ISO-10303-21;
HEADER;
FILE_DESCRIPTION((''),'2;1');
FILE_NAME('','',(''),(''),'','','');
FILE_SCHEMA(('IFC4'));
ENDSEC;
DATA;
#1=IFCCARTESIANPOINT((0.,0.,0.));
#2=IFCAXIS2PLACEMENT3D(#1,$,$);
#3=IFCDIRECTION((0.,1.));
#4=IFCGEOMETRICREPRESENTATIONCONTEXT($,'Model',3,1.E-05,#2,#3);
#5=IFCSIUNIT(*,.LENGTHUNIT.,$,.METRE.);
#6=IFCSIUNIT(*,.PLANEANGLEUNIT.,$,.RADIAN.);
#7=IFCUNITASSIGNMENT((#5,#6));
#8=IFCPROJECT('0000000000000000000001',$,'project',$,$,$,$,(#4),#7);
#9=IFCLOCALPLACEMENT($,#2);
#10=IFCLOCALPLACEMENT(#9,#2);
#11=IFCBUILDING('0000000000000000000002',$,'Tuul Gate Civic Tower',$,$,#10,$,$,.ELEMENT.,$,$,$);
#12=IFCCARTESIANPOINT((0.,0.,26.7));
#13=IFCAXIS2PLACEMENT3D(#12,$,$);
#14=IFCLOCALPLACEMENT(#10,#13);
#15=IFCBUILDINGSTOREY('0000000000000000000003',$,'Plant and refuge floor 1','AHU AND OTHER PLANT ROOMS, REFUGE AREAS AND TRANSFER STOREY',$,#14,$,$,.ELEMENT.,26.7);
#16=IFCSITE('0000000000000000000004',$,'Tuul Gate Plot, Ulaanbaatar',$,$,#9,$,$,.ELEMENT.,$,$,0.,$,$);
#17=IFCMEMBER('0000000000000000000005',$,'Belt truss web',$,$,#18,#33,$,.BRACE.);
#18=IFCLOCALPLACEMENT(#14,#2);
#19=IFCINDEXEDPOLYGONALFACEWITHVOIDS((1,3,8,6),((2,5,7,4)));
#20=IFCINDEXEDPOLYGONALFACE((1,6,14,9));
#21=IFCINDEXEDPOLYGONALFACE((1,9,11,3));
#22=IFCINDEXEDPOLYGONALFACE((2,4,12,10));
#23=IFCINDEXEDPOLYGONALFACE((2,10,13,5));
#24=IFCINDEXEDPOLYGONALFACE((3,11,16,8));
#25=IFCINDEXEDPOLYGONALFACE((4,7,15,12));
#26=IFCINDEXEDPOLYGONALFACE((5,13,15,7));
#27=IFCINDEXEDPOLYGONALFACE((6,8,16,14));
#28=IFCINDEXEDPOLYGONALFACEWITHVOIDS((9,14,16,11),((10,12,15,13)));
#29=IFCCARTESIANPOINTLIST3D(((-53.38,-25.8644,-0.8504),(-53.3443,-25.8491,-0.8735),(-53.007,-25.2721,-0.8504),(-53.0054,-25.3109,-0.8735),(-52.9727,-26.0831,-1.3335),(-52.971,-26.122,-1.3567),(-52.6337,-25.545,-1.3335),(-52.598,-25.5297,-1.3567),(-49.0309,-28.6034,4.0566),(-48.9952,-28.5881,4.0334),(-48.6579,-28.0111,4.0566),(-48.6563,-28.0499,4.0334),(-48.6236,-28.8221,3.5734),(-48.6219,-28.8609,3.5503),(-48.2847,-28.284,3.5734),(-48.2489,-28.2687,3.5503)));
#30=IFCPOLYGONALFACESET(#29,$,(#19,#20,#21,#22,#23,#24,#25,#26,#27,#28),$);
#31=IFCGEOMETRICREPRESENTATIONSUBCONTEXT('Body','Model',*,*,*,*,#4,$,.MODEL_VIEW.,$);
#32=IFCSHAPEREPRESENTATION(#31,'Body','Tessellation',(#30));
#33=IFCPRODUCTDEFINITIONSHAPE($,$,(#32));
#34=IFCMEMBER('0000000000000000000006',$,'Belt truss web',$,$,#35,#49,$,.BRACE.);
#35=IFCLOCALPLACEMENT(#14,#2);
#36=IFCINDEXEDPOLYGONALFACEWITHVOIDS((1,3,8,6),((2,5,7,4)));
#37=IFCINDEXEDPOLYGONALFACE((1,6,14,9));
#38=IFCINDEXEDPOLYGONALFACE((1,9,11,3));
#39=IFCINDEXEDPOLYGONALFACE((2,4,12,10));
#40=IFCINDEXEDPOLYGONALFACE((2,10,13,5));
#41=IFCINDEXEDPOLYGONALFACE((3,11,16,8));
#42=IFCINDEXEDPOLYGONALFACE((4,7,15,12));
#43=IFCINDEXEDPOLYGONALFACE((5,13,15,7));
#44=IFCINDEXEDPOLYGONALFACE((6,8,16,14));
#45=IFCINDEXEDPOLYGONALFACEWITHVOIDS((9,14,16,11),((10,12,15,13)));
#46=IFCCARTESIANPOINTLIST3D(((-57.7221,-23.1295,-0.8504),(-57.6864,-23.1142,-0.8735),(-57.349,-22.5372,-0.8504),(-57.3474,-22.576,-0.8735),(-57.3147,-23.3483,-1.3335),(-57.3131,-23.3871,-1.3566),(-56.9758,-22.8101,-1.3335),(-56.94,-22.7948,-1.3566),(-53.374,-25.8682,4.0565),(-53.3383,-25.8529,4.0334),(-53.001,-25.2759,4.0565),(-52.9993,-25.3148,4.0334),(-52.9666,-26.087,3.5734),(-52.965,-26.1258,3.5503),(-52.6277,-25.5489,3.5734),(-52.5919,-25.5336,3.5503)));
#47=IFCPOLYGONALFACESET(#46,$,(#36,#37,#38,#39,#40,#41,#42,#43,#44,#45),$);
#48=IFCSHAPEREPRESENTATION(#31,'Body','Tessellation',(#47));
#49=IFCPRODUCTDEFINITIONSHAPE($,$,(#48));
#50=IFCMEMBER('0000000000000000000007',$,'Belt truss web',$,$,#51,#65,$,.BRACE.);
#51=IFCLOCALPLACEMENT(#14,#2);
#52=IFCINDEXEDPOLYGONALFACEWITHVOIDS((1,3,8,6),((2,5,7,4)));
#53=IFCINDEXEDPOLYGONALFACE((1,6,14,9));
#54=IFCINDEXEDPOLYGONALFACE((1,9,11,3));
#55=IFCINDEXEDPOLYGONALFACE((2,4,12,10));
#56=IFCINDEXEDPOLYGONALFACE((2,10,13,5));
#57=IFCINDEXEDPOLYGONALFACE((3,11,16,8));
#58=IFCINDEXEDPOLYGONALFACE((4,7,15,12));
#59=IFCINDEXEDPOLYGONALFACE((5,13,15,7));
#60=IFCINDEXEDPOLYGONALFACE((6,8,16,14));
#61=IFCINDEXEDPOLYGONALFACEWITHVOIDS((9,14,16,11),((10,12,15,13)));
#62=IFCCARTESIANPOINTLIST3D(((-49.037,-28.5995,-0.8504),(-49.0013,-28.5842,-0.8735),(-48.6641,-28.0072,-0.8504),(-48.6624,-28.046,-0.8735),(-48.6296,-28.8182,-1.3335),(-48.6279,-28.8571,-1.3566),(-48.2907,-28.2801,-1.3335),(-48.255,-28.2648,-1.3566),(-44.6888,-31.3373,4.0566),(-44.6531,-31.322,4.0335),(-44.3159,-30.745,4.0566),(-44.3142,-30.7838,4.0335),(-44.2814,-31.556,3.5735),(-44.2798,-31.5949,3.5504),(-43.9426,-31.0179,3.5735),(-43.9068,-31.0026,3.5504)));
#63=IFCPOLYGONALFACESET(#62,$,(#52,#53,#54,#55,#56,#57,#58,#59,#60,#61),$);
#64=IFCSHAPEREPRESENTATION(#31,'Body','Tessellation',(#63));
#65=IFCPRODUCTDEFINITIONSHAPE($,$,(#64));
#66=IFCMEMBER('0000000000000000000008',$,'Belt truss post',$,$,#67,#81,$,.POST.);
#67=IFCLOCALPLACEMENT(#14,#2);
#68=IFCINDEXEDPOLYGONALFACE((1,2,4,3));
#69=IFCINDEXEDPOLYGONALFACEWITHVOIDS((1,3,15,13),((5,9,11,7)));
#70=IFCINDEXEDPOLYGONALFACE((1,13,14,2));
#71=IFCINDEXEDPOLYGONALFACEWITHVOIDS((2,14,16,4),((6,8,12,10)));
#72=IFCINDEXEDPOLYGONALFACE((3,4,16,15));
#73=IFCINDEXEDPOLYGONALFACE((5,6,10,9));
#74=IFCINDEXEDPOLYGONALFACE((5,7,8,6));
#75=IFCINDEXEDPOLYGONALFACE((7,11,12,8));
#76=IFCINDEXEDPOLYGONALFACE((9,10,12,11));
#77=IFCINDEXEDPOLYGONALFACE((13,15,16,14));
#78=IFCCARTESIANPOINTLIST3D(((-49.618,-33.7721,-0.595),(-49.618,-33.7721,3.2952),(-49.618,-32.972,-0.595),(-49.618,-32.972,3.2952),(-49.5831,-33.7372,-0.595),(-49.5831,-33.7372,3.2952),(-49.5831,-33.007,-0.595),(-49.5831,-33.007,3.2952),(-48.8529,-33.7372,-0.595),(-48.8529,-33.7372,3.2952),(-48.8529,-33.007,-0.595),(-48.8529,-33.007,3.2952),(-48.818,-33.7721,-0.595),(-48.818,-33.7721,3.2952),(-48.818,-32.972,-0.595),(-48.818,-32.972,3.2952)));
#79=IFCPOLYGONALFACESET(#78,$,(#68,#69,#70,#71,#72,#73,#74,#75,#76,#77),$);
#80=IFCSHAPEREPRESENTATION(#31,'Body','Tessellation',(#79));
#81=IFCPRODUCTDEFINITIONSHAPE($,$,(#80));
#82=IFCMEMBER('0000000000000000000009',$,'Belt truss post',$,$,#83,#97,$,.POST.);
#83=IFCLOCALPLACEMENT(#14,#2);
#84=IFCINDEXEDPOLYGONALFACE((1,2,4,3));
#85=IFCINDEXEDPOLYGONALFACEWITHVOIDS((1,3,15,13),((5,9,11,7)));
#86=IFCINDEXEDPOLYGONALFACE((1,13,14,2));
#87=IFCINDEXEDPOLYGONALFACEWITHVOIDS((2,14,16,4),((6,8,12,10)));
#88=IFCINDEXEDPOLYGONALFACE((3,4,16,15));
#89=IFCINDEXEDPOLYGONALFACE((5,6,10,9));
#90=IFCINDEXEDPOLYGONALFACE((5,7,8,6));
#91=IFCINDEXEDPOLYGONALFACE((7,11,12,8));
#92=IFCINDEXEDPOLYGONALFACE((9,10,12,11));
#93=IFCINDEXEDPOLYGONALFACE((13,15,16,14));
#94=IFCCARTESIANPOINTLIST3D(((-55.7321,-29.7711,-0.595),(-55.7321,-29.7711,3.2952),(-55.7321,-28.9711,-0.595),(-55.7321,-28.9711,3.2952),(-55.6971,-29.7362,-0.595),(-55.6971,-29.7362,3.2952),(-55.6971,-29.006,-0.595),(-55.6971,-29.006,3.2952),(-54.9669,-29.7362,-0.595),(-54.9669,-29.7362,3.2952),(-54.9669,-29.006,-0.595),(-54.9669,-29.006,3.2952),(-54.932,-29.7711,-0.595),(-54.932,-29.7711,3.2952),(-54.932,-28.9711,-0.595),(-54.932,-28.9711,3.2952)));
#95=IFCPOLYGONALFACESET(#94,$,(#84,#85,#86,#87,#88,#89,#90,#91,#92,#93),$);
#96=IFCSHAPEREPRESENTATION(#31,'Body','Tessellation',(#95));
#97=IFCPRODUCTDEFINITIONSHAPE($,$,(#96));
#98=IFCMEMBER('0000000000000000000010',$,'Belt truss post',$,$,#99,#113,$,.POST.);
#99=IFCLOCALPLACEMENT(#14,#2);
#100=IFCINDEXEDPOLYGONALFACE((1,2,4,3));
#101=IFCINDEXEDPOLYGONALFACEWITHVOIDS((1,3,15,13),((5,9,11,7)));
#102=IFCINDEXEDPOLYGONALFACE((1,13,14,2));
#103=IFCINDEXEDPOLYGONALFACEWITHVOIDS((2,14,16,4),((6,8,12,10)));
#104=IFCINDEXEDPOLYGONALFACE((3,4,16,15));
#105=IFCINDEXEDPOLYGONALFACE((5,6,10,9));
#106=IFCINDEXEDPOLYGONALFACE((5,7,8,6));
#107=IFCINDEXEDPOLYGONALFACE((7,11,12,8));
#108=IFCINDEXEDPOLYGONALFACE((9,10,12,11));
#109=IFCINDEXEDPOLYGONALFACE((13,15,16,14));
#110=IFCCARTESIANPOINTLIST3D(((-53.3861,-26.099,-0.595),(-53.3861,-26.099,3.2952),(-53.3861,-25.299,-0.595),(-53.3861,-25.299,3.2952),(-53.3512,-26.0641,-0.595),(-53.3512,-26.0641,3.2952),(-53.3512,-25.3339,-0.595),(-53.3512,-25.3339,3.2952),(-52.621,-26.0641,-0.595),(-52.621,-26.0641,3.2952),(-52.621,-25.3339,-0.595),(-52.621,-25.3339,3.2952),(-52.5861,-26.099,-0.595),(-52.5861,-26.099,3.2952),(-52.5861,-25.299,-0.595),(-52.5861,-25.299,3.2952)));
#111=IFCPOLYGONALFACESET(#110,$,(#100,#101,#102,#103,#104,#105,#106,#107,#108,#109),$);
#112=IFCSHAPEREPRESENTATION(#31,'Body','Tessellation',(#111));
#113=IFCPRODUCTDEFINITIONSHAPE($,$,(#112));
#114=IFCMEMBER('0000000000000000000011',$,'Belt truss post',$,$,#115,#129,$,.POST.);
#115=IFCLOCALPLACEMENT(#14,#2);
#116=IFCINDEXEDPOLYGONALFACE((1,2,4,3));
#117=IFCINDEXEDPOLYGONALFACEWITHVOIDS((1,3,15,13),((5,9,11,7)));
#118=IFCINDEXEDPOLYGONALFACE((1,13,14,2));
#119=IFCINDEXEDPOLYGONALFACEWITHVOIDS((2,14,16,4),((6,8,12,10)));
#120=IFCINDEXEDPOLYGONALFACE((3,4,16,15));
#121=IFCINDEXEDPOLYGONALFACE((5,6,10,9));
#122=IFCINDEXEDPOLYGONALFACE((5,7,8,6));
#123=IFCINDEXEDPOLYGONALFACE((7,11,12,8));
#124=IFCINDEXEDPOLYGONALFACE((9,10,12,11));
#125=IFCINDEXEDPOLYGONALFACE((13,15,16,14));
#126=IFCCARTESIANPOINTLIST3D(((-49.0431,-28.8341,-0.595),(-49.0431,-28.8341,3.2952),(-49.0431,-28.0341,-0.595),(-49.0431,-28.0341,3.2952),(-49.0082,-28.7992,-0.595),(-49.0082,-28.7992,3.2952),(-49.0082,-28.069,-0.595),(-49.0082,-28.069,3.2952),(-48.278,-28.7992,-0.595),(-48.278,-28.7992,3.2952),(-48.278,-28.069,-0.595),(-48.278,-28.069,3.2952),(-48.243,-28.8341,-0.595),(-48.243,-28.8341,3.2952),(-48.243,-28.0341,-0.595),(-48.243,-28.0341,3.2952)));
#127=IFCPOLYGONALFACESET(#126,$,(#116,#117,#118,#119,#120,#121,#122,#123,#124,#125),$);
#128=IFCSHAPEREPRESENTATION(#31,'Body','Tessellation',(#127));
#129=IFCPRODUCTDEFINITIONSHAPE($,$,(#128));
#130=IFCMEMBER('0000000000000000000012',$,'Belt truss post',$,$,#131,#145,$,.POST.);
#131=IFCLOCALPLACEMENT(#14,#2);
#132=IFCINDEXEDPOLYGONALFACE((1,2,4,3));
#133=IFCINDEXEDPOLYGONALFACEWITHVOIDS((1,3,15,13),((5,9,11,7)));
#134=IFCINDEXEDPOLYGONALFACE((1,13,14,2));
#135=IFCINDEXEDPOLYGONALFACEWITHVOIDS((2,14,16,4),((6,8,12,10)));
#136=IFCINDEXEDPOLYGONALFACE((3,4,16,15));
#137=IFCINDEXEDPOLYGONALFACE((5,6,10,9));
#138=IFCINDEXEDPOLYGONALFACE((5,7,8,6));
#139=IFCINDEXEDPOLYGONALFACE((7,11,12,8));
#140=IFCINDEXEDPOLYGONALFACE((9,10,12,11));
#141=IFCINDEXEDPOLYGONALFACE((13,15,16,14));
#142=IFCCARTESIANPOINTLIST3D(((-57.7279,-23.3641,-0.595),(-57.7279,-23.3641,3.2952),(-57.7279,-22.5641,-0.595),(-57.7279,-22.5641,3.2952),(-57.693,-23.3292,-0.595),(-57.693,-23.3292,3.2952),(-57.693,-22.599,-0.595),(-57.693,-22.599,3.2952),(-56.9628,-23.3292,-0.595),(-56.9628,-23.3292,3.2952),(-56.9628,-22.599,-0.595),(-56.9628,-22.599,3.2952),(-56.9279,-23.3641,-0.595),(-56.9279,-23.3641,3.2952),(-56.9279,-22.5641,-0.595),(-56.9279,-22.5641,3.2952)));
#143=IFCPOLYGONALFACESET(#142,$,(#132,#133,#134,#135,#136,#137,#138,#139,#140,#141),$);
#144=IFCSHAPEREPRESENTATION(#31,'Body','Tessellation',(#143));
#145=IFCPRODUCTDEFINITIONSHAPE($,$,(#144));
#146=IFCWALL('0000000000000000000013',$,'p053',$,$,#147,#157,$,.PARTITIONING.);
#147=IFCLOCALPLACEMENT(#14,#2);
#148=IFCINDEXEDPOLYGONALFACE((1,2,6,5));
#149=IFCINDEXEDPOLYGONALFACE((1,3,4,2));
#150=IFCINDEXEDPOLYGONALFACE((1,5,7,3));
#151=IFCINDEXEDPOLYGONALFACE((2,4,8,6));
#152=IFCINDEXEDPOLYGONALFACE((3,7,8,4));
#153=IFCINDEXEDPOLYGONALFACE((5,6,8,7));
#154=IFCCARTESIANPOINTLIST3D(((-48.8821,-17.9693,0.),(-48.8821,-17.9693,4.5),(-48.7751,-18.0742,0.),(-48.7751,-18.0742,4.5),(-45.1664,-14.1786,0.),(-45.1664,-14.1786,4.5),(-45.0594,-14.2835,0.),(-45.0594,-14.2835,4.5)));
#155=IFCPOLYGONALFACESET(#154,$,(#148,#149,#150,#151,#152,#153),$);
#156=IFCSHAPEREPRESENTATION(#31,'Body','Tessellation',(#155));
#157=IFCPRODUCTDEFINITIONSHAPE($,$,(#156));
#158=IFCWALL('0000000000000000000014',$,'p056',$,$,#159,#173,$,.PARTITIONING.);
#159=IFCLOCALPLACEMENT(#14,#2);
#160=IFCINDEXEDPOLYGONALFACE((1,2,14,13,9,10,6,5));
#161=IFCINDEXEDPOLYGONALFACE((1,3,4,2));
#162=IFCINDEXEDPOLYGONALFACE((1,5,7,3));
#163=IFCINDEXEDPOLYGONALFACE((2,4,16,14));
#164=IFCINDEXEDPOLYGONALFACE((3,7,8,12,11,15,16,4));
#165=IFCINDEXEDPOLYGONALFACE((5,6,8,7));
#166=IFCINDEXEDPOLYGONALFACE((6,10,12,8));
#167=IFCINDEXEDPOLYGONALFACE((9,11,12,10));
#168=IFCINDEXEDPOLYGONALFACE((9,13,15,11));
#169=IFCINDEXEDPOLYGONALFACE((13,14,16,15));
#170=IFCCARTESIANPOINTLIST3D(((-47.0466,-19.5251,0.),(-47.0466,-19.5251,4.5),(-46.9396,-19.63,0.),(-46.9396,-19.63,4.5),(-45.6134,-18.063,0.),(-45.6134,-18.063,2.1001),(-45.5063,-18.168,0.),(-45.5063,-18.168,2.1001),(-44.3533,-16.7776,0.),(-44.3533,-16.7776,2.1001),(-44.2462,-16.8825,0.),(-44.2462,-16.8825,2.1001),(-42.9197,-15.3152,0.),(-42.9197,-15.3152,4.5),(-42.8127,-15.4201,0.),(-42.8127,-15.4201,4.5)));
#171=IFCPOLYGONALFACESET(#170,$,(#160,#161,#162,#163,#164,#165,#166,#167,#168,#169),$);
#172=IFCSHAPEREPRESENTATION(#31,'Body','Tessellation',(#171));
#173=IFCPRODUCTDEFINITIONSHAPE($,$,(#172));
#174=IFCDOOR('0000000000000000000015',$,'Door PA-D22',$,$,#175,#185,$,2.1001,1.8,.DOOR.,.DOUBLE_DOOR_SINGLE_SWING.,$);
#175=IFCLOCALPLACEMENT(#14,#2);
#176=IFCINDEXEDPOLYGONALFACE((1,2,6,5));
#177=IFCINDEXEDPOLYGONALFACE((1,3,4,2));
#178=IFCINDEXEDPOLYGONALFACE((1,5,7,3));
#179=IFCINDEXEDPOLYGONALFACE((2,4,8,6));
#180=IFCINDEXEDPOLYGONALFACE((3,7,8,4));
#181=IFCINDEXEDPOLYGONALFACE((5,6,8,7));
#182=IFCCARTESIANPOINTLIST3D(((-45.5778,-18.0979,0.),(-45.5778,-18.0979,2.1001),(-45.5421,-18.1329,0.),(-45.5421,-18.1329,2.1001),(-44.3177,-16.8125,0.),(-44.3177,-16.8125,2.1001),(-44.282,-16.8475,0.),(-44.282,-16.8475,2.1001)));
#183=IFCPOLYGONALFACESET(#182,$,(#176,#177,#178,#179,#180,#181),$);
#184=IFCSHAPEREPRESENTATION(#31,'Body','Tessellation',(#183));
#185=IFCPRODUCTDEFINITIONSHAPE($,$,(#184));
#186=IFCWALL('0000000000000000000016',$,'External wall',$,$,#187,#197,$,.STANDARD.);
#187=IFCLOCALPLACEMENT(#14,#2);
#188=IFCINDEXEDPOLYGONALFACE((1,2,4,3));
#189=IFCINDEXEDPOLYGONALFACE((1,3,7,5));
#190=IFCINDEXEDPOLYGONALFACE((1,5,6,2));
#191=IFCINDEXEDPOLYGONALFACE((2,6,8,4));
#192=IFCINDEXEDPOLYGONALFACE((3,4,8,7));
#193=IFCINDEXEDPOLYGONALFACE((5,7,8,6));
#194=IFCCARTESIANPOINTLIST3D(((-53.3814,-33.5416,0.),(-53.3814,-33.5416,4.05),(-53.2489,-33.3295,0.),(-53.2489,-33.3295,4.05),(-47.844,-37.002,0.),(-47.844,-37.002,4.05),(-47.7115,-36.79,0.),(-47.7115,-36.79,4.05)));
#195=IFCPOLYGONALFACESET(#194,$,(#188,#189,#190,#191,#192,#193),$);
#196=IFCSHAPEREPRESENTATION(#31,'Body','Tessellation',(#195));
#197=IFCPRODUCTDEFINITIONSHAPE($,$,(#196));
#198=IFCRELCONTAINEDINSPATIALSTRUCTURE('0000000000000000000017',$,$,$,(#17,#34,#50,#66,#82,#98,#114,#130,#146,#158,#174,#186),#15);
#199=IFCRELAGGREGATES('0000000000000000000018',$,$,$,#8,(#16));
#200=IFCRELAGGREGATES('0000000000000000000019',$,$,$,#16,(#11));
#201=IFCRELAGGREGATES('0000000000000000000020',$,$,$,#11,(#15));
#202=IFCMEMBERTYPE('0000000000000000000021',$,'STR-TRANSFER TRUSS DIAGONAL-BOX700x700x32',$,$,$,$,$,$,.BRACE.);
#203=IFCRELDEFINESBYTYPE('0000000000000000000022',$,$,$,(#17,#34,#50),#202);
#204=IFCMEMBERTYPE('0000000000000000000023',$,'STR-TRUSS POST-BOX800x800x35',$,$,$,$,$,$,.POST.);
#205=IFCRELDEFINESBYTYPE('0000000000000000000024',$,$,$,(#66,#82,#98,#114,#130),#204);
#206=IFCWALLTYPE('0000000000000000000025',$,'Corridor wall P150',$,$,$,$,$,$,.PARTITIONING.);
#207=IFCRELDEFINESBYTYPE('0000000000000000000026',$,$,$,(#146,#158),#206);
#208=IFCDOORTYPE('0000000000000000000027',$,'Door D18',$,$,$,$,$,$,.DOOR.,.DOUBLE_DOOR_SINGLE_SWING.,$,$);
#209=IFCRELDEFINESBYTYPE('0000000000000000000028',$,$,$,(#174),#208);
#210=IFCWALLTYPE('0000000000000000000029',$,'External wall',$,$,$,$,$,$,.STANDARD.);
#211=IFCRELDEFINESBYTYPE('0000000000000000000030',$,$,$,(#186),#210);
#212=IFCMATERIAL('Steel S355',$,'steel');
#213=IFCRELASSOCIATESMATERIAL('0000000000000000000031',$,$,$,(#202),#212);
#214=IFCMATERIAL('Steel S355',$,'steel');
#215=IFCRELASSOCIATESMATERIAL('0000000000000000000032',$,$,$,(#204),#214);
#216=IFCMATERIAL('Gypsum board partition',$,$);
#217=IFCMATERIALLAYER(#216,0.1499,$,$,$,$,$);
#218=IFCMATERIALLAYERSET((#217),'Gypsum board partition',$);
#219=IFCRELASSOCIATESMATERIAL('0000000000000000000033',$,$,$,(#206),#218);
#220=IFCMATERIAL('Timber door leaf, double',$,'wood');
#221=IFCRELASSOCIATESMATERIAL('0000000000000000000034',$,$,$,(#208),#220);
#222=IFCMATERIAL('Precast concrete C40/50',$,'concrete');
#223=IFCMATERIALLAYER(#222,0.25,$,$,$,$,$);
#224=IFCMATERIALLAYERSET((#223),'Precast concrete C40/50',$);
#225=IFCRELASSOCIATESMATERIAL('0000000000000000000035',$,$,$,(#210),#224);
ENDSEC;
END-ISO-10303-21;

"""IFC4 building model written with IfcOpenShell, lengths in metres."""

from ifc_helpers import new_model, si_unit, direction, frame, frame_2d, origin, origin_2d, place, context, subcontext, project, spatial, rectangle, hollow_rectangle, extrude, material, layer, layer_set, material_profile, profile_set, type_object, element, fill, save


model = new_model("IFC4")

# Units and contexts
model_context = context("Model", 3, precision=1e-05, world=origin(), true_north=direction((0.0, 1.0)))
body_context = subcontext(model_context, "Body", "Model", "MODEL_VIEW")
ifc_project = project(units=[si_unit("LENGTHUNIT", "METRE"), si_unit("PLANEANGLEUNIT", "RADIAN")], contexts=[model_context])

# Site, building, storey
site_placement = place(None, origin())
site = spatial("IfcSite", under=ifc_project, at=site_placement, Name="Tuul Gate Plot, Ulaanbaatar", CompositionType="ELEMENT", RefElevation=0.0)
building_placement = place(site_placement, origin())
building = spatial("IfcBuilding", under=site, at=building_placement, Name="Tuul Gate Civic Tower", CompositionType="ELEMENT")
storey_placement = place(building_placement, frame((0.0, 0.0, 26.7)))
storey = spatial("IfcBuildingStorey", under=building, at=storey_placement, Name="Plant and refuge floor 1", Description="AHU AND OTHER PLANT ROOMS, REFUGE AREAS AND TRANSFER STOREY", CompositionType="ELEMENT", Elevation=26.7)

# Members
ifc_material_1 = material(Name="Steel S355", Category="steel")
ifc_material_profile_1 = material_profile(ifc_material_1, hollow_rectangle(XDim=0.7, YDim=0.7, WallThickness=0.032, at=origin_2d()), Name="BOX700x700x32")
ifc_profile_set_1 = profile_set([ifc_material_profile_1], Name="Steel S355")
member_type_1 = type_object("IfcMemberType", Name="STR-TRANSFER TRUSS DIAGONAL-BOX700x700x32", PredefinedType="BRACE", material=ifc_profile_set_1)
member_1_placement = place(storey_placement, frame((-52.989, -25.697, -1.1035), z_axis=(0.612033, -0.38545, 0.690539), x_axis=(0.532908, 0.846173, 0.0)))
element("IfcMember", 1, at=member_1_placement, inside=storey, type_object=member_type_1, Name="Belt truss web", PredefinedType="BRACE", context=body_context, shape_type="SweptSolid", body=[
    extrude(hollow_rectangle(XDim=0.7, YDim=0.7, WallThickness=0.032, at=origin_2d()), origin(), (0.0, 0.0, 1.0), 7.106),
])
member_2_placement = place(storey_placement, frame((-57.3311, -22.9622, -1.1035), z_axis=(0.611955, -0.385453, 0.690606), x_axis=(0.532959, 0.846141, 0.0)))
element("IfcMember", 2, at=member_2_placement, inside=storey, type_object=member_type_1, Name="Belt truss web", PredefinedType="BRACE", context=body_context, shape_type="SweptSolid", body=[
    extrude(hollow_rectangle(XDim=0.7, YDim=0.7, WallThickness=0.032, at=origin_2d()), origin(), (0.0, 0.0, 1.0), 7.1052),
])
member_3_placement = place(storey_placement, frame((-48.646, -28.4321, -1.1035), z_axis=(0.611988, -0.385336, 0.690643), x_axis=(0.532823, 0.846226, 0.0)))
element("IfcMember", 3, at=member_3_placement, inside=storey, type_object=member_type_1, Name="Belt truss web", PredefinedType="BRACE", context=body_context, shape_type="SweptSolid", body=[
    extrude(hollow_rectangle(XDim=0.7, YDim=0.7, WallThickness=0.032, at=origin_2d()), origin(), (0.0, 0.0, 1.0), 7.105),
])
ifc_material_2 = material(Name="Steel S355", Category="steel")
ifc_material_profile_2 = material_profile(ifc_material_2, hollow_rectangle(XDim=0.8, YDim=0.8, WallThickness=0.0349, at=origin_2d()), Name="BOX800x800x35")
ifc_profile_set_2 = profile_set([ifc_material_profile_2], Name="Steel S355")
member_type_2 = type_object("IfcMemberType", Name="STR-TRUSS POST-BOX800x800x35", PredefinedType="POST", material=ifc_profile_set_2)
for number, where, z_axis, x_axis, name in (
    (4, (-49.218, -33.3721, -0.595), (0.0, 0.0, 1.0), (1.0, 0.0, 0.0), "Belt truss post"),
    (5, (-55.332, -29.3711, -0.595), (0.0, 0.0, 1.0), (1.0, 0.0, 0.0), "Belt truss post"),
    (6, (-52.9861, -25.699, -0.595), (0.0, 0.0, 1.0), (1.0, 0.0, 0.0), "Belt truss post"),
    (7, (-48.6431, -28.4341, -0.595), (0.0, 0.0, 1.0), (1.0, 0.0, 0.0), "Belt truss post"),
    (8, (-57.3279, -22.9641, -0.595), (0.0, 0.0, 1.0), (1.0, 0.0, 0.0), "Belt truss post"),
):
    element("IfcMember", number, at=place(storey_placement, frame(where, z_axis=z_axis, x_axis=x_axis)), inside=storey, type_object=member_type_2, Name=name, PredefinedType="POST", context=body_context, shape_type="SweptSolid", body=[
        extrude(hollow_rectangle(XDim=0.8, YDim=0.8, WallThickness=0.0349, at=origin_2d()), origin(), (0.0, 0.0, 1.0), 3.8901),
    ])

# Wall
ifc_material_3 = material(Name="Gypsum board partition")
ifc_layer_1 = layer(ifc_material_3, 0.1499)
ifc_layer_set_1 = layer_set([ifc_layer_1], Name="Gypsum board partition")
wall_type_1 = type_object("IfcWallType", Name="Corridor wall P150", PredefinedType="PARTITIONING", material=ifc_layer_set_1)
wall_1_placement = place(storey_placement, frame((-48.8286, -18.0217, 0.0), z_axis=(0.0, 0.0, 1.0), x_axis=(0.700012, 0.714131, 0.0)))
element("IfcWall", 9, at=wall_1_placement, inside=storey, type_object=wall_type_1, Name="p053", PredefinedType="PARTITIONING", context=body_context, shape_type="SweptSolid", body=[
    extrude(rectangle(XDim=5.3081, YDim=0.1499, at=frame_2d((2.6541, 0.0))), origin(), (0.0, 0.0, 1.0), 4.5),
])

# Wall, opening, door
wall_2_placement = place(storey_placement, frame((-46.9932, -19.5776, 0.0), z_axis=(0.0, 0.0, 1.0), x_axis=(0.700032, 0.714112, 0.0)))
wall_2 = element("IfcWall", 10, at=wall_2_placement, inside=storey, type_object=wall_type_1, Name="p056", PredefinedType="PARTITIONING", context=body_context, shape_type="SweptSolid", body=[
    extrude(rectangle(XDim=5.8953, YDim=0.1499, at=frame_2d((2.9478, 0.0))), origin(), (0.0, 0.0, 1.0), 4.5),
])
opening_placement = place(wall_2_placement, frame((2.0476, 0.0, 0.0)))
opening = element("IfcOpeningElement", 11, at=opening_placement, cuts=wall_2, PredefinedType="OPENING", context=body_context, shape_type="SweptSolid", body=[
    extrude(rectangle(XDim=1.8, YDim=2.1001, at=frame_2d((0.8999, 1.05))), frame((0.0, 0.085, 0.0), z_axis=(0.0, -1.0, 0.0), x_axis=(1.0, 0.0, 0.0)), (0.0, 0.0, 1.0), 0.1699),
])
ifc_material_4 = material(Name="Timber door leaf, double", Category="wood")
door_type = type_object("IfcDoorType", Name="Door D18", OperationType="DOUBLE_DOOR_SINGLE_SWING", PredefinedType="DOOR", material=ifc_material_4)
door_placement = place(opening_placement, frame((1.8, 0.0, 0.0), z_axis=(0.0, 0.0, 1.0), x_axis=(-1.0, 0.0, 0.0)))
door = element("IfcDoor", 12, at=door_placement, inside=storey, type_object=door_type, Name="Door PA-D22", OperationType="DOUBLE_DOOR_SINGLE_SWING", OverallHeight=2.1001, OverallWidth=1.8, PredefinedType="DOOR", context=body_context, shape_type="SweptSolid", body=[
    extrude(rectangle(XDim=1.8, YDim=2.1001, at=frame_2d((0.9001, 1.05))), frame((0.0, 0.0249, 0.0), z_axis=(0.0, -1.0, 0.0), x_axis=(1.0, 0.0, 0.0)), (0.0, 0.0, 1.0), 0.05),
])
fill(opening, door)

# Wall
ifc_material_5 = material(Name="Precast concrete C40/50", Category="concrete")
ifc_layer_2 = layer(ifc_material_5, 0.25)
ifc_layer_set_2 = layer_set([ifc_layer_2], Name="Precast concrete C40/50")
wall_type_2 = type_object("IfcWallType", Name="External wall", PredefinedType="STANDARD", material=ifc_layer_set_2)
wall_3_placement = place(storey_placement, frame((-53.3152, -33.4355, 0.0), z_axis=(0.0, 0.0, 1.0), x_axis=(0.848026, -0.529955, 0.0)))
element("IfcWall", 13, at=wall_3_placement, inside=storey, type_object=wall_type_2, Name="External wall", PredefinedType="STANDARD", context=body_context, shape_type="SweptSolid", body=[
    extrude(rectangle(XDim=6.5298, YDim=0.25, at=frame_2d((3.2649, 0.0))), origin(), (0.0, 0.0, 1.0), 4.05),
])

save(model, "model.ifc")
